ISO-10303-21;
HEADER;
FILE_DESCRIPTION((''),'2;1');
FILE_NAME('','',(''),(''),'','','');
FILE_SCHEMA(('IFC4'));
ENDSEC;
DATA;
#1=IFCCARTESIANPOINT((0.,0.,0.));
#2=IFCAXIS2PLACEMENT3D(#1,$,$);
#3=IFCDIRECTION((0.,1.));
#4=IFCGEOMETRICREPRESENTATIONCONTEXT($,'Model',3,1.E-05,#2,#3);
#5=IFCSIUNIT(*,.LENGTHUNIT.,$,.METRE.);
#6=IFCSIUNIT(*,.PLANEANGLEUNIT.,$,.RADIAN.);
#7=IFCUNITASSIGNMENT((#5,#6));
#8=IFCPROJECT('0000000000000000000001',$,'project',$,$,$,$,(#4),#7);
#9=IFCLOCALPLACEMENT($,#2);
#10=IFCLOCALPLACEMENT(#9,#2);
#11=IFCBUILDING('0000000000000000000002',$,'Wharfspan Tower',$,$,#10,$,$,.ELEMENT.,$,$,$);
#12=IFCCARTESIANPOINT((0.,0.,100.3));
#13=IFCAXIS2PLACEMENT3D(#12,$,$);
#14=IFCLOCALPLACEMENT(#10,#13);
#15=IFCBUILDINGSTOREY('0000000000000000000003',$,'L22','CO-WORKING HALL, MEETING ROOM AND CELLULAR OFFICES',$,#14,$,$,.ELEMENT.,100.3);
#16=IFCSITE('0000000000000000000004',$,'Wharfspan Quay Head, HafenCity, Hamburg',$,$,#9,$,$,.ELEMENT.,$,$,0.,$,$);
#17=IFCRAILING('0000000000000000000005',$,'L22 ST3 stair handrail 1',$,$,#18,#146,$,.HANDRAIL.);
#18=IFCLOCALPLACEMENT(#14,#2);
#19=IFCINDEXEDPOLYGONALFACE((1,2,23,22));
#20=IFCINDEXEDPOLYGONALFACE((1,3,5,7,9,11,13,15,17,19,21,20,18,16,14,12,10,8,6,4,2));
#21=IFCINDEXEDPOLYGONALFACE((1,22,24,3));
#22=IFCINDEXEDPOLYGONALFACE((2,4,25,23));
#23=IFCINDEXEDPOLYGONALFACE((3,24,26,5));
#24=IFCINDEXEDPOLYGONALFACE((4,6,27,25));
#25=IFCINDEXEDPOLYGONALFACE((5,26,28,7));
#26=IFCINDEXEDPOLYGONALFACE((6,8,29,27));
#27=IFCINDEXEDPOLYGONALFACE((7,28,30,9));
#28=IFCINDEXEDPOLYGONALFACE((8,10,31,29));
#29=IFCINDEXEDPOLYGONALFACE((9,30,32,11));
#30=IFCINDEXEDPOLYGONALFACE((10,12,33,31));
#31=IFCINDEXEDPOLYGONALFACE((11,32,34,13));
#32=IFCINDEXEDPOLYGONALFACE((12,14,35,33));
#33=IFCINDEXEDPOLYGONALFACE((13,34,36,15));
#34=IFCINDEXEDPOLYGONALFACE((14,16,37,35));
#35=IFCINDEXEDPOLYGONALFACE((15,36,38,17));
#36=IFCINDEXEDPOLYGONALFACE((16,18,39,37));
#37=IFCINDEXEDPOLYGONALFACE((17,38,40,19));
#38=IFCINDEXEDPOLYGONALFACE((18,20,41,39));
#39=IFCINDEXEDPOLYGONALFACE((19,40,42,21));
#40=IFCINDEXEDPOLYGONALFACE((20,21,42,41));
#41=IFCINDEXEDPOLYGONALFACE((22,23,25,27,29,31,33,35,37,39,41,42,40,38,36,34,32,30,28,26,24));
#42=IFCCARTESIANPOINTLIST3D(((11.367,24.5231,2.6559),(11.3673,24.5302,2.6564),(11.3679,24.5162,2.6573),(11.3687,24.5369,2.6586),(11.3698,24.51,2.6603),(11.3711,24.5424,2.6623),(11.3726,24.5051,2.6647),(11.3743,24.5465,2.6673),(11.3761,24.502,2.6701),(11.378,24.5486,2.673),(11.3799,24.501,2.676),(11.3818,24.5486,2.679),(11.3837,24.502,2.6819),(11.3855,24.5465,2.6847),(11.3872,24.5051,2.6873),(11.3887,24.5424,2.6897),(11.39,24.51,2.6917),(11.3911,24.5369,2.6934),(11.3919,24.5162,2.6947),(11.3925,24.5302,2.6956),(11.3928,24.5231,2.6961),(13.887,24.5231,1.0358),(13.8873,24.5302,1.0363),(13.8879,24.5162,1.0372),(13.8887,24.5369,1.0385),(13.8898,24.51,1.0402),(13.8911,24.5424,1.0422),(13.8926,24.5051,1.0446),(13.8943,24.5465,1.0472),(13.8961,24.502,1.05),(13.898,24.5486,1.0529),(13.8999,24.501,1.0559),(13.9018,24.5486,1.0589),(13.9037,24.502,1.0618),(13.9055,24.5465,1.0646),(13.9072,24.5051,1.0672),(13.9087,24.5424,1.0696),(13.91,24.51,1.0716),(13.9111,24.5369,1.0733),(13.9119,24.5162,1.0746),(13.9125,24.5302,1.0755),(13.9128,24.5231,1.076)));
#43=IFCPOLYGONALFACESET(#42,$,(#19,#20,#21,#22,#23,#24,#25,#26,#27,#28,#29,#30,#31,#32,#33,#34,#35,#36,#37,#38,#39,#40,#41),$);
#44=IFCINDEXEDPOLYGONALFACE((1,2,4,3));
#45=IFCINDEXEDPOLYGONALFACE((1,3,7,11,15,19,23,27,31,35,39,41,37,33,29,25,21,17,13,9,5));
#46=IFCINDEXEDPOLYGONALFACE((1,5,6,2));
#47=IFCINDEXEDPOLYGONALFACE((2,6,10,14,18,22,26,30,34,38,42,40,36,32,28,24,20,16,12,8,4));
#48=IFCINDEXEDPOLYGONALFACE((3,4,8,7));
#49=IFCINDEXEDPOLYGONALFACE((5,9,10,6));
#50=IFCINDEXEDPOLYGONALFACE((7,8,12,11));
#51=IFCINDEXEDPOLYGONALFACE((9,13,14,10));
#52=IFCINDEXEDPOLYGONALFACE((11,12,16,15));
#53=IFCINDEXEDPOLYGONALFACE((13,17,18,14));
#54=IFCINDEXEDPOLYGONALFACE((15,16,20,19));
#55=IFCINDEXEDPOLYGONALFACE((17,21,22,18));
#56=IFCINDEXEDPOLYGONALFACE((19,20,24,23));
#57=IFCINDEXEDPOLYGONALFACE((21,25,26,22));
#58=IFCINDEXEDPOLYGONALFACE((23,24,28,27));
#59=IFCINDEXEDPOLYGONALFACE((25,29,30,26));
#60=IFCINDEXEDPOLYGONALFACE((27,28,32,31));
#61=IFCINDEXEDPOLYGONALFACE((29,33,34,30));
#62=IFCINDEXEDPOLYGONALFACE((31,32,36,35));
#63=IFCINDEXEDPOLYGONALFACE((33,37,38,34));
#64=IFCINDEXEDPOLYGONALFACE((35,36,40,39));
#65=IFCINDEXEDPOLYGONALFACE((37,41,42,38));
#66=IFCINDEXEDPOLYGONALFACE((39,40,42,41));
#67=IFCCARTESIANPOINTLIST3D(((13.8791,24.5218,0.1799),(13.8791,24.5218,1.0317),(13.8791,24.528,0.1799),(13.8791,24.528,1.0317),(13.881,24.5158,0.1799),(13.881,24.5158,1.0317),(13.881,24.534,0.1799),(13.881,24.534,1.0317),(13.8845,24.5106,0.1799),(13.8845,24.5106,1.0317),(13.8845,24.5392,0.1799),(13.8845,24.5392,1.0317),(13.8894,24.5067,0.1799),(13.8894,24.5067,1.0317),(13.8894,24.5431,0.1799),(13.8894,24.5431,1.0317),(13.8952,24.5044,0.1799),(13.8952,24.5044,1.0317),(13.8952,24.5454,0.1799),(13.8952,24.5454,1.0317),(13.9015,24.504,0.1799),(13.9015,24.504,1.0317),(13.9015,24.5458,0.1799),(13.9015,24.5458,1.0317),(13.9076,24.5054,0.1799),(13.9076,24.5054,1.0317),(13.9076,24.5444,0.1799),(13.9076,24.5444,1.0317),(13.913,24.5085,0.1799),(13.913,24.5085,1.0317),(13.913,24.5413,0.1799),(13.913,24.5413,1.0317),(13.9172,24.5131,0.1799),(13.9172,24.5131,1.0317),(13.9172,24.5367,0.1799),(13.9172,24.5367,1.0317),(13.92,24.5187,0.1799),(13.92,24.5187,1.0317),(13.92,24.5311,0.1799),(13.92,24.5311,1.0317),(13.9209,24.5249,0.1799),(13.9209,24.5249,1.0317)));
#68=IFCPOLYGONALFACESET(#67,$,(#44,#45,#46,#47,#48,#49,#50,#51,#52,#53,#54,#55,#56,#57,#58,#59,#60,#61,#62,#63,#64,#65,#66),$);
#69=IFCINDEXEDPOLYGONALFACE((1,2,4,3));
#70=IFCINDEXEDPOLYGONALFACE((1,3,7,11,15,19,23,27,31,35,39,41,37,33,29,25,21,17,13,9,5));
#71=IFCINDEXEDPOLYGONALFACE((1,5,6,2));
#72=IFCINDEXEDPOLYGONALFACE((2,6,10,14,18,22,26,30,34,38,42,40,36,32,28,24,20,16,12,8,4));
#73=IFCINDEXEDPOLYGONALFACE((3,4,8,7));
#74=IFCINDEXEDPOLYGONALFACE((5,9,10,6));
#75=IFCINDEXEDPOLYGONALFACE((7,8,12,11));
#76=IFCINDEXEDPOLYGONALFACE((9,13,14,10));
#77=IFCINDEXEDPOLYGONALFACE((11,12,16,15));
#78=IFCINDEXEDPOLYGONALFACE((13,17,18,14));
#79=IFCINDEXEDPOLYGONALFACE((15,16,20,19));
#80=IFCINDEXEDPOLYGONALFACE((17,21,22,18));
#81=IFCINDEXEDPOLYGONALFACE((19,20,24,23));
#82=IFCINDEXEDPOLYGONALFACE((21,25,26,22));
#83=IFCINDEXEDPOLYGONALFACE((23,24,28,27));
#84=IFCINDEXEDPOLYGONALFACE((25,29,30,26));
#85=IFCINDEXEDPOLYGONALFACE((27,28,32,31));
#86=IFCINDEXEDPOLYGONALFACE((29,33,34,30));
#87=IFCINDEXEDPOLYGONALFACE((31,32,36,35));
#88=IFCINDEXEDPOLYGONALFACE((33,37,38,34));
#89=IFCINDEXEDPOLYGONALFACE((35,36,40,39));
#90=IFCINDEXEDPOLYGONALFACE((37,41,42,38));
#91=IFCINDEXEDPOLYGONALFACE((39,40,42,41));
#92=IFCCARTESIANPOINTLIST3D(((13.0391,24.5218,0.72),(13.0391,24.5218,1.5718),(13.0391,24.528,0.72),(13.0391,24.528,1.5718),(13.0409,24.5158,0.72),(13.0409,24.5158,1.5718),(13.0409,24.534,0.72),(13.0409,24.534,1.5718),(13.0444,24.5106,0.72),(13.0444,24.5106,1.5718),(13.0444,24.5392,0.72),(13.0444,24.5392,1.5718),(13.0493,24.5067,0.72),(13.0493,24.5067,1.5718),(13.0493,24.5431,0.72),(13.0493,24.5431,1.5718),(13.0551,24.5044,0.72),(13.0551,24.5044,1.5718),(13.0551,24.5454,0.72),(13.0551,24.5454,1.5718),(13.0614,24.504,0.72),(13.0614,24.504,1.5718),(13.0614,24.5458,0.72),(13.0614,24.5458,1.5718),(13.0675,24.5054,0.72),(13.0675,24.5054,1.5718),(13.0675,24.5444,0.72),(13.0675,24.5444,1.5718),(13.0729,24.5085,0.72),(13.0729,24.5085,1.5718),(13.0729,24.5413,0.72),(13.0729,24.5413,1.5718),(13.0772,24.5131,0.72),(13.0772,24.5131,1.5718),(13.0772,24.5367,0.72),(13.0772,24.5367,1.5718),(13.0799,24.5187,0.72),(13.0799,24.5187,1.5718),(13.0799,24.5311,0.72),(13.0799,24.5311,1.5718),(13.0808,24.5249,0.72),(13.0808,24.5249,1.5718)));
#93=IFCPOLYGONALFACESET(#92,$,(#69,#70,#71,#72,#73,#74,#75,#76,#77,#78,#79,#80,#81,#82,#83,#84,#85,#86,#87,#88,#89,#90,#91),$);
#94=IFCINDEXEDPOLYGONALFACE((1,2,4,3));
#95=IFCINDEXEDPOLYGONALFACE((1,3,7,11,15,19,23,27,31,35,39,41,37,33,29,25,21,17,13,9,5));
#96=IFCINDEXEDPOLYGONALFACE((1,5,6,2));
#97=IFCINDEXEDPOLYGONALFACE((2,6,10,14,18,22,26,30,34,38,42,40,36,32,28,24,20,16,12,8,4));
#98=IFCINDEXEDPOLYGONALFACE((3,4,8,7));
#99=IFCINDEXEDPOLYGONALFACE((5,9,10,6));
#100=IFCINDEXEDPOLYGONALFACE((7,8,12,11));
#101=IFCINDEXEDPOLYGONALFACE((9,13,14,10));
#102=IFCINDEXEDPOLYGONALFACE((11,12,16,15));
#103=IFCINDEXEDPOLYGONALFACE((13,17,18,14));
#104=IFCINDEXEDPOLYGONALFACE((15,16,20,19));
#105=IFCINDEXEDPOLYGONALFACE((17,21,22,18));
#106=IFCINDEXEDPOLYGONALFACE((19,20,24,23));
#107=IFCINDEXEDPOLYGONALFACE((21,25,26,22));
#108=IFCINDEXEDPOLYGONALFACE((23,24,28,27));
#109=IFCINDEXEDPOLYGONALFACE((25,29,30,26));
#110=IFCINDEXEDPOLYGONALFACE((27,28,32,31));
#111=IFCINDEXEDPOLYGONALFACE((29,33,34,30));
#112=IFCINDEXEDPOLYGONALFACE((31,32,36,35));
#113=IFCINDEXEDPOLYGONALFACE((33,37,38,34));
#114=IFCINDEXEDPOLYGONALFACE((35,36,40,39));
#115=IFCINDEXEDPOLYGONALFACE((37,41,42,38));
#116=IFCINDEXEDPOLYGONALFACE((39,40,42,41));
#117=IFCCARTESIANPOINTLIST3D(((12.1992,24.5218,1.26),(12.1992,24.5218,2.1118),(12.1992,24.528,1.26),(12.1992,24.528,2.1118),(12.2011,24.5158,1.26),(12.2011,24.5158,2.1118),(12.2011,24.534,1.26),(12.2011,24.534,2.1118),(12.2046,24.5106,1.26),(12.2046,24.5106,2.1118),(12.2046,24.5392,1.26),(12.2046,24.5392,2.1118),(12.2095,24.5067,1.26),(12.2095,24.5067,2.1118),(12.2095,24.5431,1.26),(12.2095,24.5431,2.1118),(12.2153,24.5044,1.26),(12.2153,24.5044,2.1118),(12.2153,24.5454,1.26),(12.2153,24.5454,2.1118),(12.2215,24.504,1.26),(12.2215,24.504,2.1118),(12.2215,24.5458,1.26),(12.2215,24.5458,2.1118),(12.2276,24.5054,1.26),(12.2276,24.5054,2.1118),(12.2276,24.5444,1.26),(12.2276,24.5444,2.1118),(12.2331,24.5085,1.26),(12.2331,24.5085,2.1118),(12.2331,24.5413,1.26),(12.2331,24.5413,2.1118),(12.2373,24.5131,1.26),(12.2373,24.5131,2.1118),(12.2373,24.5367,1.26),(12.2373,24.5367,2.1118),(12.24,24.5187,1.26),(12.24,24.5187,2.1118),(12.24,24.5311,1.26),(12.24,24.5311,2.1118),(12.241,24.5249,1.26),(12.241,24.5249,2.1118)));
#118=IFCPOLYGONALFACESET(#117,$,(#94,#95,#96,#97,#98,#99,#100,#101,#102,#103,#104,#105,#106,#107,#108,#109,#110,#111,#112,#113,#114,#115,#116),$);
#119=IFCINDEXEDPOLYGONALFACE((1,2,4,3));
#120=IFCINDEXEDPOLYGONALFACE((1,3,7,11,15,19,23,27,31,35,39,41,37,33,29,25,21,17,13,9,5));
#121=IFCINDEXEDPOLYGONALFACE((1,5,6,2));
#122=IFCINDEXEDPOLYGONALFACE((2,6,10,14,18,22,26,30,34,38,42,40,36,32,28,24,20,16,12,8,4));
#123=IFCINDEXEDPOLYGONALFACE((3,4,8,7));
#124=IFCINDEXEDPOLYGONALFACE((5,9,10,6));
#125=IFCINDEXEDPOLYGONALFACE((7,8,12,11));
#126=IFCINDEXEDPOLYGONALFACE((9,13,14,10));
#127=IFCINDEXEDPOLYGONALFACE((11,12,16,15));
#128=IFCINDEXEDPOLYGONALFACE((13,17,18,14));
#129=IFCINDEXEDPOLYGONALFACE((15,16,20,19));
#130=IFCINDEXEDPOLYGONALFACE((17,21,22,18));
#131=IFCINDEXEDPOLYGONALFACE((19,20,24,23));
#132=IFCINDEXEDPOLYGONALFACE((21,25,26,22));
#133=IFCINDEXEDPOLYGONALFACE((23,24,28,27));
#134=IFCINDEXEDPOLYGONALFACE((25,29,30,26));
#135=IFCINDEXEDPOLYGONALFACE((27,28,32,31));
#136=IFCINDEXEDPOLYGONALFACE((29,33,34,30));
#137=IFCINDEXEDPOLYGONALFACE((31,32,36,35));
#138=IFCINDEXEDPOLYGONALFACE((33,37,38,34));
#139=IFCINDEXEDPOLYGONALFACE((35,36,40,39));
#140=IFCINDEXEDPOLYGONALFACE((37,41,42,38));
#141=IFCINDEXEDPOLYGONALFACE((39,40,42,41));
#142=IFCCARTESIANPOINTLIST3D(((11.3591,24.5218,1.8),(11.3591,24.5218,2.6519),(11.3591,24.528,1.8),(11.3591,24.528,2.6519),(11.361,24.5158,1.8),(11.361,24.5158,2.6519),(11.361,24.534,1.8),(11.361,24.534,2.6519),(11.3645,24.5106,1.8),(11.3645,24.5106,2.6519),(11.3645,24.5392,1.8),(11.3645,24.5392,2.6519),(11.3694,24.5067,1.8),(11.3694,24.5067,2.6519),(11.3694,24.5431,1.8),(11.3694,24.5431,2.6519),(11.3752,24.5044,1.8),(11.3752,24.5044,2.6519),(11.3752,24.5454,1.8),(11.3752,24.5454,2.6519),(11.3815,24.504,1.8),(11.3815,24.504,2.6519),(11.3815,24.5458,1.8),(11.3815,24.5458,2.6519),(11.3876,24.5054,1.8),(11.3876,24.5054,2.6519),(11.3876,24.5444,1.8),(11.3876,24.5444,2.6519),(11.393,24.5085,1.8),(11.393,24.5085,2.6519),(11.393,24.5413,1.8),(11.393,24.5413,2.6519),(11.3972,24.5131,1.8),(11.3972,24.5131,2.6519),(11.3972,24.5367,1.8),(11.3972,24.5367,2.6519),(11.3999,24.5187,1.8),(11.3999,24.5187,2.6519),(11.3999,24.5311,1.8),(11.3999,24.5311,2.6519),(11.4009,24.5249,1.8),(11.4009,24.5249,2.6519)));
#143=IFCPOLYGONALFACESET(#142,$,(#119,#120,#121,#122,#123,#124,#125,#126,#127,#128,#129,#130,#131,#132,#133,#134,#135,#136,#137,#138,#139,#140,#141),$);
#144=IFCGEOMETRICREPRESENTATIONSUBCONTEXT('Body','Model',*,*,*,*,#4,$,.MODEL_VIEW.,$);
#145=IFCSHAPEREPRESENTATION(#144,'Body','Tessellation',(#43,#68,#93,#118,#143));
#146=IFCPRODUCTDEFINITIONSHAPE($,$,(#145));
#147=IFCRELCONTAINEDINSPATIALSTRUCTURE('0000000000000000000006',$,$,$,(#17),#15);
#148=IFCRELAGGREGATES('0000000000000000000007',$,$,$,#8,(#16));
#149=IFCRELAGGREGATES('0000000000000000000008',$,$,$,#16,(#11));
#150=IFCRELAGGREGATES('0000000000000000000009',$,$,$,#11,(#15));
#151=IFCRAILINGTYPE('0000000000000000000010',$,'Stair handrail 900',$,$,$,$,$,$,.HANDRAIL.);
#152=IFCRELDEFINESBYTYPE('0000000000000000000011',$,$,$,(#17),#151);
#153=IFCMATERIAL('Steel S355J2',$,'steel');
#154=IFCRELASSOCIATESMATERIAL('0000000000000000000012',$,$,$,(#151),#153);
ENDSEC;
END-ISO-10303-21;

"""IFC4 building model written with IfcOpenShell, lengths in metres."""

from ifc_helpers import new_model, si_unit, direction, frame, origin, origin_2d, place, context, subcontext, project, spatial, circle, extrude, material, type_object, element, save


model = new_model("IFC4")

# Units and contexts
model_context = context("Model", 3, precision=1e-05, world=origin(), true_north=direction((0.0, 1.0)))
body_context = subcontext(model_context, "Body", "Model", "MODEL_VIEW")
ifc_project = project(units=[si_unit("LENGTHUNIT", "METRE"), si_unit("PLANEANGLEUNIT", "RADIAN")], contexts=[model_context])

# Site, building, storey
site_placement = place(None, origin())
site = spatial("IfcSite", under=ifc_project, at=site_placement, Name="Wharfspan Quay Head, HafenCity, Hamburg", CompositionType="ELEMENT", RefElevation=0.0)
building_placement = place(site_placement, origin())
building = spatial("IfcBuilding", under=site, at=building_placement, Name="Wharfspan Tower", CompositionType="ELEMENT")
storey_placement = place(building_placement, frame((0.0, 0.0, 100.3)))
storey = spatial("IfcBuildingStorey", under=building, at=storey_placement, Name="L22", Description="CO-WORKING HALL, MEETING ROOM AND CELLULAR OFFICES", CompositionType="ELEMENT", Elevation=100.3)

# Railing
ifc_material_1 = material(Name="Steel S355J2", Category="steel")
railing_type = type_object("IfcRailingType", Name="Stair handrail 900", PredefinedType="HANDRAIL", material=ifc_material_1)
railing_placement = place(storey_placement, frame((13.8999, 24.5249, 0.1799)))
element("IfcRailing", 1, at=railing_placement, inside=storey, type_object=railing_type, Name="L22 ST3 stair handrail 1", PredefinedType="HANDRAIL", context=body_context, shape_type="SweptSolid", body=[
    extrude(circle(Radius=0.0239, at=origin_2d()), frame((0.0, 0.0, 0.876), z_axis=(-0.841163, 0.0, 0.540782), x_axis=(0.0, -1.0, 0.0)), (0.0, 0.0, 1.0), 2.9958),
    extrude(circle(Radius=0.021, at=origin_2d()), origin(), (0.0, 0.0, 1.0), 0.8518),
    extrude(circle(Radius=0.021, at=origin_2d()), frame((-0.8401, 0.0, 0.54)), (0.0, 0.0, 1.0), 0.8518),
    extrude(circle(Radius=0.021, at=origin_2d()), frame((-1.6799, 0.0, 1.0801)), (0.0, 0.0, 1.0), 0.8518),
    extrude(circle(Radius=0.021, at=origin_2d()), frame((-2.52, 0.0, 1.6201)), (0.0, 0.0, 1.0), 0.8518),
])

save(model, "model.ifc")
